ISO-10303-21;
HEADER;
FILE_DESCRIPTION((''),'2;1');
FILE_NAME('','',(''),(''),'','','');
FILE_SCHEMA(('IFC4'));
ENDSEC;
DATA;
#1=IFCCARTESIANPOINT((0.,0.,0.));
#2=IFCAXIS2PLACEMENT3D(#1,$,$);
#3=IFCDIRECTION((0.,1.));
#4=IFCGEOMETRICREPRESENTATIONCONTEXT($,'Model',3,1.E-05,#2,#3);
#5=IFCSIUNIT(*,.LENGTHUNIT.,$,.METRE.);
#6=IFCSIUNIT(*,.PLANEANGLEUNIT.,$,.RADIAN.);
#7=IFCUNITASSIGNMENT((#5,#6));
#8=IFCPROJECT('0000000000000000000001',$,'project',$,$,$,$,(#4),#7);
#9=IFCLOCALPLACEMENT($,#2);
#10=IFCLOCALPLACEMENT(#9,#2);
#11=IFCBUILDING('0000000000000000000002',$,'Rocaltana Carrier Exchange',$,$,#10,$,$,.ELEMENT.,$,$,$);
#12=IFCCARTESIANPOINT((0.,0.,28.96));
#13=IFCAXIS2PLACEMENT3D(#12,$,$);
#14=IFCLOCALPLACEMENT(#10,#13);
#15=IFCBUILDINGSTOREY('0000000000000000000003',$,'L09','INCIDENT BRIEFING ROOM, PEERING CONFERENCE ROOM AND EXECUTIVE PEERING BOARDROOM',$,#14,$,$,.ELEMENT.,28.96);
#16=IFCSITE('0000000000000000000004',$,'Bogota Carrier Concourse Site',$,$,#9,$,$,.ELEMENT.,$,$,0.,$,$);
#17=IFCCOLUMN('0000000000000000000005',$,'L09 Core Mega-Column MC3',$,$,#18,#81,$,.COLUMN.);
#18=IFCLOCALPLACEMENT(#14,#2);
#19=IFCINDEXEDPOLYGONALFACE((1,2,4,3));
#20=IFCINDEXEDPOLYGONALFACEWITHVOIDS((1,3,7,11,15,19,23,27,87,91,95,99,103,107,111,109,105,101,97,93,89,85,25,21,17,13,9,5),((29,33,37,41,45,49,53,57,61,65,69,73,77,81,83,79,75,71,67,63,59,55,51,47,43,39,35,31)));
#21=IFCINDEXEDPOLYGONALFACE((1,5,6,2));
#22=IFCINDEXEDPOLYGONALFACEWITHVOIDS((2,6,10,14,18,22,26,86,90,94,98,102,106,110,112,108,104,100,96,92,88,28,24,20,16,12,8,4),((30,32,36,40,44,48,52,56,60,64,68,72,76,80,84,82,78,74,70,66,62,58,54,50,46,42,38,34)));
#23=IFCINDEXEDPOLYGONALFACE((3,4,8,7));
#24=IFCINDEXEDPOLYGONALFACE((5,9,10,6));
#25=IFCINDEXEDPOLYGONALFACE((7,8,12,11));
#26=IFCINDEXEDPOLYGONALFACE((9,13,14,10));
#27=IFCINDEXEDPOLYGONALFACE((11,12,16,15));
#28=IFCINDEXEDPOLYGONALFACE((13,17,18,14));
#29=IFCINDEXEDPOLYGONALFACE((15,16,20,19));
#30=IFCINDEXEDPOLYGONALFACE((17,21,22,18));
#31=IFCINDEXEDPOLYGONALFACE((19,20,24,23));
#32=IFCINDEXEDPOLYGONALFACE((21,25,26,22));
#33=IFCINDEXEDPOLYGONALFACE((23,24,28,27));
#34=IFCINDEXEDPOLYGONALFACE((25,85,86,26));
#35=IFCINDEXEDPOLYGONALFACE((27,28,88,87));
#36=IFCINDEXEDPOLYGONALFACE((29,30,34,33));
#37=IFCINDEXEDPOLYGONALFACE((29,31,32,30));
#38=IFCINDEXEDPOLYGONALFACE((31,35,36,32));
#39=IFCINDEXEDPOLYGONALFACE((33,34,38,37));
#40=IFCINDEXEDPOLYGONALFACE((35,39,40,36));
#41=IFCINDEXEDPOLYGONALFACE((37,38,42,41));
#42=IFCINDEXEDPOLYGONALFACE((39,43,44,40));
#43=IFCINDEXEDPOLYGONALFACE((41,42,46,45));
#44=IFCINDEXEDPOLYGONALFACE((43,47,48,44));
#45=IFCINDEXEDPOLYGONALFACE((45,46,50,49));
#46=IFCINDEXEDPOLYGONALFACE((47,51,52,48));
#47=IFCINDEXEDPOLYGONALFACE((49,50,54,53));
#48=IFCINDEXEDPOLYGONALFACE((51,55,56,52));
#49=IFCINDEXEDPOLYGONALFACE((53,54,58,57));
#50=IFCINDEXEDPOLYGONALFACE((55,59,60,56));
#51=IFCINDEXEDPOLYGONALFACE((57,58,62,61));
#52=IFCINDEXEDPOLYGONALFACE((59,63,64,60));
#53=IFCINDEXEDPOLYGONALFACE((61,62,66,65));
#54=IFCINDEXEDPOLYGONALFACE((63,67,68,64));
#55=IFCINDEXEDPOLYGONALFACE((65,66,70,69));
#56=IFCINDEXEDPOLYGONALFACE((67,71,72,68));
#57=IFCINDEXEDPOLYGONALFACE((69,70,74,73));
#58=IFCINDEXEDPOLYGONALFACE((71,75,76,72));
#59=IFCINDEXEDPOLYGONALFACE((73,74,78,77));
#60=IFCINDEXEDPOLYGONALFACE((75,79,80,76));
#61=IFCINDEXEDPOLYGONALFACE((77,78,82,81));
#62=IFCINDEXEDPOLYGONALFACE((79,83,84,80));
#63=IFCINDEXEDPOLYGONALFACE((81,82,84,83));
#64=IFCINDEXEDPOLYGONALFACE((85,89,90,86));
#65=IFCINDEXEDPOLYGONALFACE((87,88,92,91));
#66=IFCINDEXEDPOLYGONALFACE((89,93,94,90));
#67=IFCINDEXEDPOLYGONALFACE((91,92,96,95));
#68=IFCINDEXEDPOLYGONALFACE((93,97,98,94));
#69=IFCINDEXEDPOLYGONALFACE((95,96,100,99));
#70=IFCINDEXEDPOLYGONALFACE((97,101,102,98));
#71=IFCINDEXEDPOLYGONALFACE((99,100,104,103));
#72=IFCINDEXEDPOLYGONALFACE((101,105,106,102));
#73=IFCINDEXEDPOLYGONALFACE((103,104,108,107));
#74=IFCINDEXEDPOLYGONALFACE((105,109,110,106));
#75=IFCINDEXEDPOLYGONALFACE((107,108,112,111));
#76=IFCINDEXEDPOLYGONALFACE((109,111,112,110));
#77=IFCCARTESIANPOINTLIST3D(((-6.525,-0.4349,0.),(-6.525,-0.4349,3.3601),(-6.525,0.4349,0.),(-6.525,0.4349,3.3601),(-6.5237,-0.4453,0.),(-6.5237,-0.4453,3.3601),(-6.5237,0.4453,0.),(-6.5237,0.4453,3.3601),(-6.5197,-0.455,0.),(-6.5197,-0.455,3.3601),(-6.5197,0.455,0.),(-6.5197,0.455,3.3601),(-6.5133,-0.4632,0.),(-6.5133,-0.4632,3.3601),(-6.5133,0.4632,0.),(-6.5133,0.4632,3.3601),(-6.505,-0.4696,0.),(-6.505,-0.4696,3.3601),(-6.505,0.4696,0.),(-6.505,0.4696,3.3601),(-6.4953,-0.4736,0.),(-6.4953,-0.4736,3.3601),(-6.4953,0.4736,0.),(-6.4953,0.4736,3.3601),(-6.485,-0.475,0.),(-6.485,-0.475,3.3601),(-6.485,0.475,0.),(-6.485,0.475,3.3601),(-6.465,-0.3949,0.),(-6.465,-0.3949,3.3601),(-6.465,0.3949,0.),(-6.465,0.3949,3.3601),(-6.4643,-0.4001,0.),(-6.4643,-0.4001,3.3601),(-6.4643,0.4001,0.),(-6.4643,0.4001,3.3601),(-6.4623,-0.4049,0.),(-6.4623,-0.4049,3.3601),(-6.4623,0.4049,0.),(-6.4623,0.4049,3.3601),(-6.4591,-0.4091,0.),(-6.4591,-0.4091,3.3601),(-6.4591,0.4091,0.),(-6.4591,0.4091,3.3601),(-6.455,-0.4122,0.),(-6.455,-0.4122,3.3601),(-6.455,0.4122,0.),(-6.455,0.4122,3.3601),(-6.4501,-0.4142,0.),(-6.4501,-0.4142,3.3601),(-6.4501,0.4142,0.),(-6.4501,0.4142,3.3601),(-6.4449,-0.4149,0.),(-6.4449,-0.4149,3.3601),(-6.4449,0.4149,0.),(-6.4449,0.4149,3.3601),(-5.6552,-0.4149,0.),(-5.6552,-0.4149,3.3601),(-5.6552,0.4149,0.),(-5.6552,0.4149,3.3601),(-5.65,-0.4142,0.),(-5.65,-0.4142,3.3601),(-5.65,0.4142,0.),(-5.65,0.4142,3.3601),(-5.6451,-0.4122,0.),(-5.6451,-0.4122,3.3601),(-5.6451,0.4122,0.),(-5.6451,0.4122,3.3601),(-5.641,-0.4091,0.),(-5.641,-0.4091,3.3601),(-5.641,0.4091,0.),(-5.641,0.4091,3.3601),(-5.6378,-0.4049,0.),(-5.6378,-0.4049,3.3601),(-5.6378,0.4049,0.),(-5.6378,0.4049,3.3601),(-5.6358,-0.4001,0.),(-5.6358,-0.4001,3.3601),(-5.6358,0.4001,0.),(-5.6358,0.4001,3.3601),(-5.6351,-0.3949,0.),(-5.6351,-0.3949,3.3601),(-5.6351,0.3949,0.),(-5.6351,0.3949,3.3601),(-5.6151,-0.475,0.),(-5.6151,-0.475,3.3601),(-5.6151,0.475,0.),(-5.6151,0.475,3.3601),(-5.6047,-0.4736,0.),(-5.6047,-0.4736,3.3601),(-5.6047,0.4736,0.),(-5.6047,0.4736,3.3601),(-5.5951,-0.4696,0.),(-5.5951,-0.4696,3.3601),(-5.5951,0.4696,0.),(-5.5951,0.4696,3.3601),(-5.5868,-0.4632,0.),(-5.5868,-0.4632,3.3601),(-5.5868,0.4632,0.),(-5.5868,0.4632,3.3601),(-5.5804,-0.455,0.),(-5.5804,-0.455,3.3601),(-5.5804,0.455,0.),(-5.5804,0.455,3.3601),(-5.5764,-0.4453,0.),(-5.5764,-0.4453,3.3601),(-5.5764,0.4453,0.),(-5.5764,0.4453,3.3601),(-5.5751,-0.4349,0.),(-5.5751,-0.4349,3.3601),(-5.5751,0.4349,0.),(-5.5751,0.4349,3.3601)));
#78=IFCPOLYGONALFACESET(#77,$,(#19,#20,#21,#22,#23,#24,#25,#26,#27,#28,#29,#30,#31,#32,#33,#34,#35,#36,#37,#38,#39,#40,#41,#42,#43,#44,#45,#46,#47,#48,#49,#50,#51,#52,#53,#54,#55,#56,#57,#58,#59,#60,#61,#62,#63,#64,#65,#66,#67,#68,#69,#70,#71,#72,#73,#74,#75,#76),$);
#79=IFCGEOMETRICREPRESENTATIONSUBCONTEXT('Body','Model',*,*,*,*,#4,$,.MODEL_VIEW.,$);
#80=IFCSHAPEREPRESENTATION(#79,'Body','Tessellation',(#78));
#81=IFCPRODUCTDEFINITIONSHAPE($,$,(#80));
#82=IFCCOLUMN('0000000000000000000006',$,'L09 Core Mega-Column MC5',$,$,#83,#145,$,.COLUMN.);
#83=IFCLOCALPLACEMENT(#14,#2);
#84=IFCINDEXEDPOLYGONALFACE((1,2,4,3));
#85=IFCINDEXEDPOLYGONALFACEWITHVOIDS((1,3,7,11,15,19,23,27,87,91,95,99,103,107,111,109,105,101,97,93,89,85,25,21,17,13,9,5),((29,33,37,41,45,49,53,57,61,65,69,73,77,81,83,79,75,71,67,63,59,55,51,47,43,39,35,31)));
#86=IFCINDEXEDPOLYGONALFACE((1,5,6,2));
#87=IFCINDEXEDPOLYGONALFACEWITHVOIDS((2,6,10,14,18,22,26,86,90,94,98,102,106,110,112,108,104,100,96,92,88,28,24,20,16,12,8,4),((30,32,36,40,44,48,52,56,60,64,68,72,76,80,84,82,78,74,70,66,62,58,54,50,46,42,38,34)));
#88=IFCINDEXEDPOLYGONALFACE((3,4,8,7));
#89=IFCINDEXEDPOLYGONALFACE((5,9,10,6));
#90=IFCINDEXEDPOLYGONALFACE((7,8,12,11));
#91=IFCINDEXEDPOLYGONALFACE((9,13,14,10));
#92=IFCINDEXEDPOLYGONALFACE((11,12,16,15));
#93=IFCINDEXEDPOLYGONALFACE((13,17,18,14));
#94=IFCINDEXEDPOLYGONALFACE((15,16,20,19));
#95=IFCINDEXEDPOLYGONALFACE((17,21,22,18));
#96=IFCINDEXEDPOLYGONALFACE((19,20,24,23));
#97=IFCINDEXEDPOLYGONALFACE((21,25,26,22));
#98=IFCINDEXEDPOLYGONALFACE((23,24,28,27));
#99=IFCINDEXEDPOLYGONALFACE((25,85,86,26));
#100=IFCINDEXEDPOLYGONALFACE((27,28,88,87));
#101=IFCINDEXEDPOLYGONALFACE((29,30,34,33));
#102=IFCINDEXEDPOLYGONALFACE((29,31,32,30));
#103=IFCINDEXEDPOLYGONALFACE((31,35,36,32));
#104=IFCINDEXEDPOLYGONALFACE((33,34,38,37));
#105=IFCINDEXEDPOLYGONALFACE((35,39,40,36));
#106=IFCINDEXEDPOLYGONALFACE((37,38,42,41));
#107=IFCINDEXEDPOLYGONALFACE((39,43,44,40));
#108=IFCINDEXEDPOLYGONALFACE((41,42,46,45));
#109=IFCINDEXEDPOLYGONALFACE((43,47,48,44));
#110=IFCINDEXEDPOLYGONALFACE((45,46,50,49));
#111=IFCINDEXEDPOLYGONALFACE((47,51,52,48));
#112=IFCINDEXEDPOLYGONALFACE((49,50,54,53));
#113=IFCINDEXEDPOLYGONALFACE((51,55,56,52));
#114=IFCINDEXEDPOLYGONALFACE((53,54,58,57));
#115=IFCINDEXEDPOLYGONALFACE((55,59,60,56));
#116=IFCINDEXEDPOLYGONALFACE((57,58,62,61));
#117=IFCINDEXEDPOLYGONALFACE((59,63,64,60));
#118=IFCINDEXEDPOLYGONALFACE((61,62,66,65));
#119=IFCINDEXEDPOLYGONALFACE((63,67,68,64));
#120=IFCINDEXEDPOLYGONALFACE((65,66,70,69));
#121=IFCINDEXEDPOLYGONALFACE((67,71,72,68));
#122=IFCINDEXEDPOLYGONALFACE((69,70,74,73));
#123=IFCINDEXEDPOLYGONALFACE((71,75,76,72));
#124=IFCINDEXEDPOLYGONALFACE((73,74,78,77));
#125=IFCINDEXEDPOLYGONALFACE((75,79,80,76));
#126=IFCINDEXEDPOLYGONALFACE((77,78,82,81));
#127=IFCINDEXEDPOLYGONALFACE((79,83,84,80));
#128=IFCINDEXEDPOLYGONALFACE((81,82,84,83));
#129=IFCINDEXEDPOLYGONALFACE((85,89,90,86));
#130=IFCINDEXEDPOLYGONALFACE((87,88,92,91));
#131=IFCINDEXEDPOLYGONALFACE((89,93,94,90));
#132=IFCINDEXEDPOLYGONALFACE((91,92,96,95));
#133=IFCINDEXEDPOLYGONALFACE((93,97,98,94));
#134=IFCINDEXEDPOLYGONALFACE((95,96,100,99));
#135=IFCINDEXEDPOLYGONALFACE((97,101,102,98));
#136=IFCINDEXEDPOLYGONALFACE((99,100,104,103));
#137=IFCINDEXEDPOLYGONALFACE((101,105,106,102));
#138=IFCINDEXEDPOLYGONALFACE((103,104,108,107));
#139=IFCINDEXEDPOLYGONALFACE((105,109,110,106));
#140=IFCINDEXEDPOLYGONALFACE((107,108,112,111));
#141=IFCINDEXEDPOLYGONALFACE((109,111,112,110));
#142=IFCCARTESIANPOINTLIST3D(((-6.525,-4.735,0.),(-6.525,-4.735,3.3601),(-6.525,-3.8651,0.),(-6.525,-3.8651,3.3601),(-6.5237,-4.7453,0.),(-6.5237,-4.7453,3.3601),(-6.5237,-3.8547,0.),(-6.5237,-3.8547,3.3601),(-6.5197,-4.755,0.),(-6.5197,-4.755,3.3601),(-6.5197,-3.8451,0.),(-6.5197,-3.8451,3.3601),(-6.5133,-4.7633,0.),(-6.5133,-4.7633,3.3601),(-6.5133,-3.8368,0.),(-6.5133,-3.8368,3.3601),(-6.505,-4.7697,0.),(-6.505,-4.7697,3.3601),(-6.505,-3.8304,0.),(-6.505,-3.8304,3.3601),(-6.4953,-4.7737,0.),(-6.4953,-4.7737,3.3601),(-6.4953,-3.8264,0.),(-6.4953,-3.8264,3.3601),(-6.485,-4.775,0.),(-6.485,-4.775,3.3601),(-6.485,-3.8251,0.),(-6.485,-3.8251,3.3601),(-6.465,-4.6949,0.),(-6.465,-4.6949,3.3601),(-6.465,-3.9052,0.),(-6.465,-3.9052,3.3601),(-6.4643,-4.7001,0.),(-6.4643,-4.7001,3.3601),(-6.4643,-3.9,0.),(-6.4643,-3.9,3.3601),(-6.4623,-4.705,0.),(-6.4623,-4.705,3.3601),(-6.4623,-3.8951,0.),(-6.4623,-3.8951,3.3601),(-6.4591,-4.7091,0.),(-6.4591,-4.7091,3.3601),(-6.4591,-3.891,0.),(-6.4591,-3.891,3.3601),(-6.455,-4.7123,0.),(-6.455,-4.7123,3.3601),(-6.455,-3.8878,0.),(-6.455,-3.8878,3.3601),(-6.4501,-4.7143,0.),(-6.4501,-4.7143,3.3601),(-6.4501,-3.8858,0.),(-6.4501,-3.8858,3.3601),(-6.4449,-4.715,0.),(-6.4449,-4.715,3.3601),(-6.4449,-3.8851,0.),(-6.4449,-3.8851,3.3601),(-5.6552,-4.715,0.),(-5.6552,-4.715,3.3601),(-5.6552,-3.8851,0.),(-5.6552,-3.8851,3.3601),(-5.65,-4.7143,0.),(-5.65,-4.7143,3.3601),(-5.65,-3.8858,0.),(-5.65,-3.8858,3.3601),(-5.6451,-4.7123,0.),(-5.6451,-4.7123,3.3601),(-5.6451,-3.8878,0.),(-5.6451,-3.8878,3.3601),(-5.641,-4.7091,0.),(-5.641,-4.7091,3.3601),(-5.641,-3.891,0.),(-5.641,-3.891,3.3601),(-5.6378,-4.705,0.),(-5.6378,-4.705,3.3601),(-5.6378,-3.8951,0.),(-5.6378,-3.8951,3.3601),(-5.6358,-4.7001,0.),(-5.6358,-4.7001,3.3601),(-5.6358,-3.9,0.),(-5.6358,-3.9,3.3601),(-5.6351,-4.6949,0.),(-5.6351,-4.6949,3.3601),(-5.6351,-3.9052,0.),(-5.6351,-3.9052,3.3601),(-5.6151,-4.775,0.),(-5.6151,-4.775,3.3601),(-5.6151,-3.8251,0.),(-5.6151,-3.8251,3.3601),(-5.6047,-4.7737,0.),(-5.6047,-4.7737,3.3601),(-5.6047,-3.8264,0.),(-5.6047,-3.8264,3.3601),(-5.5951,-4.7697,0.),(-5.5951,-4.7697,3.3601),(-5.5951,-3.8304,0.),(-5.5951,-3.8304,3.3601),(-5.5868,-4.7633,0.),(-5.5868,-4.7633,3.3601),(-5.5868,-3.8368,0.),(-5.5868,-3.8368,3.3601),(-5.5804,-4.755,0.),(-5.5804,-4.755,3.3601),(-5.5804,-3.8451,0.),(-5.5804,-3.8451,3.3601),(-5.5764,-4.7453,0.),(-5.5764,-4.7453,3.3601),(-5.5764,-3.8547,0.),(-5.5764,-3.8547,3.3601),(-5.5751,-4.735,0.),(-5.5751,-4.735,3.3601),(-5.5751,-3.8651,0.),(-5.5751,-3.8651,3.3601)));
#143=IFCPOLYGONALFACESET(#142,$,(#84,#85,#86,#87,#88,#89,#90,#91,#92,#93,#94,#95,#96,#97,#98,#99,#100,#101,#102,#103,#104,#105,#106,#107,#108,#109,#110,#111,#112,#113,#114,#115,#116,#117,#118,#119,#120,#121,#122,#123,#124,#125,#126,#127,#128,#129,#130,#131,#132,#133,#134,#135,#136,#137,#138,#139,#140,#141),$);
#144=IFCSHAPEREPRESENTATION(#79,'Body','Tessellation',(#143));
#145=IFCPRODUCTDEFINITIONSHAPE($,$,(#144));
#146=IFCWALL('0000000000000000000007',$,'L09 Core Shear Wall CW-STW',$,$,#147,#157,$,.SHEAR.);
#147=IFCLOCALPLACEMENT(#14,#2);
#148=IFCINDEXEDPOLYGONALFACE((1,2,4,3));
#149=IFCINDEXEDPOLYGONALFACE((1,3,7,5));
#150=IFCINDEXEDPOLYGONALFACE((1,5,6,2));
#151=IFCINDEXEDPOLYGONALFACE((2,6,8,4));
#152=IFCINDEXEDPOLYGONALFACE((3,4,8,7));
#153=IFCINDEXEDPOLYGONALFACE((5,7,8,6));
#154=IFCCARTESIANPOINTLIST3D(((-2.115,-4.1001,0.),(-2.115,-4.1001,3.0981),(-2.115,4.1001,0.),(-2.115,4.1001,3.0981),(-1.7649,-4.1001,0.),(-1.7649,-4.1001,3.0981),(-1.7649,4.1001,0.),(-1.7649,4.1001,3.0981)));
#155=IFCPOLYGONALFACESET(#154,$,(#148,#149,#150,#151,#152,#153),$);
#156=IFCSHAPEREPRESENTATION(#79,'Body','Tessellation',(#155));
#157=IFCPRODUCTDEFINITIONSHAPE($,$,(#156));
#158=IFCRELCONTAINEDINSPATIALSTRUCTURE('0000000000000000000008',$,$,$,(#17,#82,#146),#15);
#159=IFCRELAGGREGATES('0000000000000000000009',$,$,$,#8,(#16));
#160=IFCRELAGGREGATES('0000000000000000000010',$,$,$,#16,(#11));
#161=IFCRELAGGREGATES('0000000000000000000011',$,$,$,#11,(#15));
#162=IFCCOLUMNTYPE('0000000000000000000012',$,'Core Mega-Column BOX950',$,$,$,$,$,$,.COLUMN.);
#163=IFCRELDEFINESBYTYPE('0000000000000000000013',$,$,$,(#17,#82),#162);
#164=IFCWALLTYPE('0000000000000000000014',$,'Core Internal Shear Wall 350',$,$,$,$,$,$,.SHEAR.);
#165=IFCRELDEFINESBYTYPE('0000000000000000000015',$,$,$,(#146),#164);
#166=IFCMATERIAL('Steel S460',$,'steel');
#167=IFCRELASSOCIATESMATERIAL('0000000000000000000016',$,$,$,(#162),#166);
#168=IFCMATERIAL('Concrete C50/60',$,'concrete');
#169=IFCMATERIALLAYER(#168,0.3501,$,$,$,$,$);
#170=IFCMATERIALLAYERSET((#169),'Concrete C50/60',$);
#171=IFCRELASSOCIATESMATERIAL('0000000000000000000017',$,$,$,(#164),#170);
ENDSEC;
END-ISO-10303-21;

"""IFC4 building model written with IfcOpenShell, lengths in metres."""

from ifc_helpers import new_model, si_unit, direction, frame, frame_2d, origin, origin_2d, place, context, subcontext, project, spatial, rectangle, hollow_rectangle, extrude, material, layer, layer_set, material_profile, profile_set, type_object, element, save


model = new_model("IFC4")

# Units and contexts
model_context = context("Model", 3, precision=1e-05, world=origin(), true_north=direction((0.0, 1.0)))
body_context = subcontext(model_context, "Body", "Model", "MODEL_VIEW")
ifc_project = project(units=[si_unit("LENGTHUNIT", "METRE"), si_unit("PLANEANGLEUNIT", "RADIAN")], contexts=[model_context])

# Site, building, storey
site_placement = place(None, origin())
site = spatial("IfcSite", under=ifc_project, at=site_placement, Name="Bogota Carrier Concourse Site", CompositionType="ELEMENT", RefElevation=0.0)
building_placement = place(site_placement, origin())
building = spatial("IfcBuilding", under=site, at=building_placement, Name="Rocaltana Carrier Exchange", CompositionType="ELEMENT")
storey_placement = place(building_placement, frame((0.0, 0.0, 28.96)))
storey = spatial("IfcBuildingStorey", under=building, at=storey_placement, Name="L09", Description="INCIDENT BRIEFING ROOM, PEERING CONFERENCE ROOM AND EXECUTIVE PEERING BOARDROOM", CompositionType="ELEMENT", Elevation=28.96)

# Columns
ifc_material_1 = material(Name="Steel S460", Category="steel")
ifc_material_profile = material_profile(ifc_material_1, hollow_rectangle(XDim=0.95, YDim=0.95, WallThickness=0.0601, InnerFilletRadius=0.02, OuterFilletRadius=0.04, at=origin_2d()), Name="BOX950X950X60")
ifc_profile_set = profile_set([ifc_material_profile], Name="Steel S460")
column_type = type_object("IfcColumnType", Name="Core Mega-Column BOX950", PredefinedType="COLUMN", material=ifc_profile_set)
for number, where, z_axis, x_axis, name in (
    (1, (-6.05, 0.0, 0.0), (0.0, 0.0, 1.0), (1.0, 0.0, 0.0), "L09 Core Mega-Column MC3"),
    (2, (-6.05, -4.3, 0.0), (0.0, 0.0, 1.0), (1.0, 0.0, 0.0), "L09 Core Mega-Column MC5"),
):
    element("IfcColumn", number, at=place(storey_placement, frame(where, z_axis=z_axis, x_axis=x_axis)), inside=storey, type_object=column_type, Name=name, PredefinedType="COLUMN", context=body_context, shape_type="SweptSolid", body=[
        extrude(hollow_rectangle(XDim=0.95, YDim=0.95, WallThickness=0.0601, InnerFilletRadius=0.02, OuterFilletRadius=0.04, at=origin_2d()), origin(), (0.0, 0.0, 1.0), 3.3601),
    ])

# Wall
ifc_material_2 = material(Name="Concrete C50/60", Category="concrete")
ifc_layer_1 = layer(ifc_material_2, 0.3501)
ifc_layer_set_1 = layer_set([ifc_layer_1], Name="Concrete C50/60")
wall_type_1 = type_object("IfcWallType", Name="Core Internal Shear Wall 350", PredefinedType="SHEAR", material=ifc_layer_set_1)
wall_1_placement = place(storey_placement, frame((-1.9399, -4.1001, 0.0), z_axis=(0.0, 0.0, 1.0), x_axis=(0.0, 1.0, 0.0)))
element("IfcWall", 3, at=wall_1_placement, inside=storey, type_object=wall_type_1, Name="L09 Core Shear Wall CW-STW", PredefinedType="SHEAR", context=body_context, shape_type="SweptSolid", body=[
    extrude(rectangle(XDim=8.2002, YDim=0.3501, at=frame_2d((4.1001, 0.0))), origin(), (0.0, 0.0, 1.0), 3.0981),
])

save(model, "model.ifc")
